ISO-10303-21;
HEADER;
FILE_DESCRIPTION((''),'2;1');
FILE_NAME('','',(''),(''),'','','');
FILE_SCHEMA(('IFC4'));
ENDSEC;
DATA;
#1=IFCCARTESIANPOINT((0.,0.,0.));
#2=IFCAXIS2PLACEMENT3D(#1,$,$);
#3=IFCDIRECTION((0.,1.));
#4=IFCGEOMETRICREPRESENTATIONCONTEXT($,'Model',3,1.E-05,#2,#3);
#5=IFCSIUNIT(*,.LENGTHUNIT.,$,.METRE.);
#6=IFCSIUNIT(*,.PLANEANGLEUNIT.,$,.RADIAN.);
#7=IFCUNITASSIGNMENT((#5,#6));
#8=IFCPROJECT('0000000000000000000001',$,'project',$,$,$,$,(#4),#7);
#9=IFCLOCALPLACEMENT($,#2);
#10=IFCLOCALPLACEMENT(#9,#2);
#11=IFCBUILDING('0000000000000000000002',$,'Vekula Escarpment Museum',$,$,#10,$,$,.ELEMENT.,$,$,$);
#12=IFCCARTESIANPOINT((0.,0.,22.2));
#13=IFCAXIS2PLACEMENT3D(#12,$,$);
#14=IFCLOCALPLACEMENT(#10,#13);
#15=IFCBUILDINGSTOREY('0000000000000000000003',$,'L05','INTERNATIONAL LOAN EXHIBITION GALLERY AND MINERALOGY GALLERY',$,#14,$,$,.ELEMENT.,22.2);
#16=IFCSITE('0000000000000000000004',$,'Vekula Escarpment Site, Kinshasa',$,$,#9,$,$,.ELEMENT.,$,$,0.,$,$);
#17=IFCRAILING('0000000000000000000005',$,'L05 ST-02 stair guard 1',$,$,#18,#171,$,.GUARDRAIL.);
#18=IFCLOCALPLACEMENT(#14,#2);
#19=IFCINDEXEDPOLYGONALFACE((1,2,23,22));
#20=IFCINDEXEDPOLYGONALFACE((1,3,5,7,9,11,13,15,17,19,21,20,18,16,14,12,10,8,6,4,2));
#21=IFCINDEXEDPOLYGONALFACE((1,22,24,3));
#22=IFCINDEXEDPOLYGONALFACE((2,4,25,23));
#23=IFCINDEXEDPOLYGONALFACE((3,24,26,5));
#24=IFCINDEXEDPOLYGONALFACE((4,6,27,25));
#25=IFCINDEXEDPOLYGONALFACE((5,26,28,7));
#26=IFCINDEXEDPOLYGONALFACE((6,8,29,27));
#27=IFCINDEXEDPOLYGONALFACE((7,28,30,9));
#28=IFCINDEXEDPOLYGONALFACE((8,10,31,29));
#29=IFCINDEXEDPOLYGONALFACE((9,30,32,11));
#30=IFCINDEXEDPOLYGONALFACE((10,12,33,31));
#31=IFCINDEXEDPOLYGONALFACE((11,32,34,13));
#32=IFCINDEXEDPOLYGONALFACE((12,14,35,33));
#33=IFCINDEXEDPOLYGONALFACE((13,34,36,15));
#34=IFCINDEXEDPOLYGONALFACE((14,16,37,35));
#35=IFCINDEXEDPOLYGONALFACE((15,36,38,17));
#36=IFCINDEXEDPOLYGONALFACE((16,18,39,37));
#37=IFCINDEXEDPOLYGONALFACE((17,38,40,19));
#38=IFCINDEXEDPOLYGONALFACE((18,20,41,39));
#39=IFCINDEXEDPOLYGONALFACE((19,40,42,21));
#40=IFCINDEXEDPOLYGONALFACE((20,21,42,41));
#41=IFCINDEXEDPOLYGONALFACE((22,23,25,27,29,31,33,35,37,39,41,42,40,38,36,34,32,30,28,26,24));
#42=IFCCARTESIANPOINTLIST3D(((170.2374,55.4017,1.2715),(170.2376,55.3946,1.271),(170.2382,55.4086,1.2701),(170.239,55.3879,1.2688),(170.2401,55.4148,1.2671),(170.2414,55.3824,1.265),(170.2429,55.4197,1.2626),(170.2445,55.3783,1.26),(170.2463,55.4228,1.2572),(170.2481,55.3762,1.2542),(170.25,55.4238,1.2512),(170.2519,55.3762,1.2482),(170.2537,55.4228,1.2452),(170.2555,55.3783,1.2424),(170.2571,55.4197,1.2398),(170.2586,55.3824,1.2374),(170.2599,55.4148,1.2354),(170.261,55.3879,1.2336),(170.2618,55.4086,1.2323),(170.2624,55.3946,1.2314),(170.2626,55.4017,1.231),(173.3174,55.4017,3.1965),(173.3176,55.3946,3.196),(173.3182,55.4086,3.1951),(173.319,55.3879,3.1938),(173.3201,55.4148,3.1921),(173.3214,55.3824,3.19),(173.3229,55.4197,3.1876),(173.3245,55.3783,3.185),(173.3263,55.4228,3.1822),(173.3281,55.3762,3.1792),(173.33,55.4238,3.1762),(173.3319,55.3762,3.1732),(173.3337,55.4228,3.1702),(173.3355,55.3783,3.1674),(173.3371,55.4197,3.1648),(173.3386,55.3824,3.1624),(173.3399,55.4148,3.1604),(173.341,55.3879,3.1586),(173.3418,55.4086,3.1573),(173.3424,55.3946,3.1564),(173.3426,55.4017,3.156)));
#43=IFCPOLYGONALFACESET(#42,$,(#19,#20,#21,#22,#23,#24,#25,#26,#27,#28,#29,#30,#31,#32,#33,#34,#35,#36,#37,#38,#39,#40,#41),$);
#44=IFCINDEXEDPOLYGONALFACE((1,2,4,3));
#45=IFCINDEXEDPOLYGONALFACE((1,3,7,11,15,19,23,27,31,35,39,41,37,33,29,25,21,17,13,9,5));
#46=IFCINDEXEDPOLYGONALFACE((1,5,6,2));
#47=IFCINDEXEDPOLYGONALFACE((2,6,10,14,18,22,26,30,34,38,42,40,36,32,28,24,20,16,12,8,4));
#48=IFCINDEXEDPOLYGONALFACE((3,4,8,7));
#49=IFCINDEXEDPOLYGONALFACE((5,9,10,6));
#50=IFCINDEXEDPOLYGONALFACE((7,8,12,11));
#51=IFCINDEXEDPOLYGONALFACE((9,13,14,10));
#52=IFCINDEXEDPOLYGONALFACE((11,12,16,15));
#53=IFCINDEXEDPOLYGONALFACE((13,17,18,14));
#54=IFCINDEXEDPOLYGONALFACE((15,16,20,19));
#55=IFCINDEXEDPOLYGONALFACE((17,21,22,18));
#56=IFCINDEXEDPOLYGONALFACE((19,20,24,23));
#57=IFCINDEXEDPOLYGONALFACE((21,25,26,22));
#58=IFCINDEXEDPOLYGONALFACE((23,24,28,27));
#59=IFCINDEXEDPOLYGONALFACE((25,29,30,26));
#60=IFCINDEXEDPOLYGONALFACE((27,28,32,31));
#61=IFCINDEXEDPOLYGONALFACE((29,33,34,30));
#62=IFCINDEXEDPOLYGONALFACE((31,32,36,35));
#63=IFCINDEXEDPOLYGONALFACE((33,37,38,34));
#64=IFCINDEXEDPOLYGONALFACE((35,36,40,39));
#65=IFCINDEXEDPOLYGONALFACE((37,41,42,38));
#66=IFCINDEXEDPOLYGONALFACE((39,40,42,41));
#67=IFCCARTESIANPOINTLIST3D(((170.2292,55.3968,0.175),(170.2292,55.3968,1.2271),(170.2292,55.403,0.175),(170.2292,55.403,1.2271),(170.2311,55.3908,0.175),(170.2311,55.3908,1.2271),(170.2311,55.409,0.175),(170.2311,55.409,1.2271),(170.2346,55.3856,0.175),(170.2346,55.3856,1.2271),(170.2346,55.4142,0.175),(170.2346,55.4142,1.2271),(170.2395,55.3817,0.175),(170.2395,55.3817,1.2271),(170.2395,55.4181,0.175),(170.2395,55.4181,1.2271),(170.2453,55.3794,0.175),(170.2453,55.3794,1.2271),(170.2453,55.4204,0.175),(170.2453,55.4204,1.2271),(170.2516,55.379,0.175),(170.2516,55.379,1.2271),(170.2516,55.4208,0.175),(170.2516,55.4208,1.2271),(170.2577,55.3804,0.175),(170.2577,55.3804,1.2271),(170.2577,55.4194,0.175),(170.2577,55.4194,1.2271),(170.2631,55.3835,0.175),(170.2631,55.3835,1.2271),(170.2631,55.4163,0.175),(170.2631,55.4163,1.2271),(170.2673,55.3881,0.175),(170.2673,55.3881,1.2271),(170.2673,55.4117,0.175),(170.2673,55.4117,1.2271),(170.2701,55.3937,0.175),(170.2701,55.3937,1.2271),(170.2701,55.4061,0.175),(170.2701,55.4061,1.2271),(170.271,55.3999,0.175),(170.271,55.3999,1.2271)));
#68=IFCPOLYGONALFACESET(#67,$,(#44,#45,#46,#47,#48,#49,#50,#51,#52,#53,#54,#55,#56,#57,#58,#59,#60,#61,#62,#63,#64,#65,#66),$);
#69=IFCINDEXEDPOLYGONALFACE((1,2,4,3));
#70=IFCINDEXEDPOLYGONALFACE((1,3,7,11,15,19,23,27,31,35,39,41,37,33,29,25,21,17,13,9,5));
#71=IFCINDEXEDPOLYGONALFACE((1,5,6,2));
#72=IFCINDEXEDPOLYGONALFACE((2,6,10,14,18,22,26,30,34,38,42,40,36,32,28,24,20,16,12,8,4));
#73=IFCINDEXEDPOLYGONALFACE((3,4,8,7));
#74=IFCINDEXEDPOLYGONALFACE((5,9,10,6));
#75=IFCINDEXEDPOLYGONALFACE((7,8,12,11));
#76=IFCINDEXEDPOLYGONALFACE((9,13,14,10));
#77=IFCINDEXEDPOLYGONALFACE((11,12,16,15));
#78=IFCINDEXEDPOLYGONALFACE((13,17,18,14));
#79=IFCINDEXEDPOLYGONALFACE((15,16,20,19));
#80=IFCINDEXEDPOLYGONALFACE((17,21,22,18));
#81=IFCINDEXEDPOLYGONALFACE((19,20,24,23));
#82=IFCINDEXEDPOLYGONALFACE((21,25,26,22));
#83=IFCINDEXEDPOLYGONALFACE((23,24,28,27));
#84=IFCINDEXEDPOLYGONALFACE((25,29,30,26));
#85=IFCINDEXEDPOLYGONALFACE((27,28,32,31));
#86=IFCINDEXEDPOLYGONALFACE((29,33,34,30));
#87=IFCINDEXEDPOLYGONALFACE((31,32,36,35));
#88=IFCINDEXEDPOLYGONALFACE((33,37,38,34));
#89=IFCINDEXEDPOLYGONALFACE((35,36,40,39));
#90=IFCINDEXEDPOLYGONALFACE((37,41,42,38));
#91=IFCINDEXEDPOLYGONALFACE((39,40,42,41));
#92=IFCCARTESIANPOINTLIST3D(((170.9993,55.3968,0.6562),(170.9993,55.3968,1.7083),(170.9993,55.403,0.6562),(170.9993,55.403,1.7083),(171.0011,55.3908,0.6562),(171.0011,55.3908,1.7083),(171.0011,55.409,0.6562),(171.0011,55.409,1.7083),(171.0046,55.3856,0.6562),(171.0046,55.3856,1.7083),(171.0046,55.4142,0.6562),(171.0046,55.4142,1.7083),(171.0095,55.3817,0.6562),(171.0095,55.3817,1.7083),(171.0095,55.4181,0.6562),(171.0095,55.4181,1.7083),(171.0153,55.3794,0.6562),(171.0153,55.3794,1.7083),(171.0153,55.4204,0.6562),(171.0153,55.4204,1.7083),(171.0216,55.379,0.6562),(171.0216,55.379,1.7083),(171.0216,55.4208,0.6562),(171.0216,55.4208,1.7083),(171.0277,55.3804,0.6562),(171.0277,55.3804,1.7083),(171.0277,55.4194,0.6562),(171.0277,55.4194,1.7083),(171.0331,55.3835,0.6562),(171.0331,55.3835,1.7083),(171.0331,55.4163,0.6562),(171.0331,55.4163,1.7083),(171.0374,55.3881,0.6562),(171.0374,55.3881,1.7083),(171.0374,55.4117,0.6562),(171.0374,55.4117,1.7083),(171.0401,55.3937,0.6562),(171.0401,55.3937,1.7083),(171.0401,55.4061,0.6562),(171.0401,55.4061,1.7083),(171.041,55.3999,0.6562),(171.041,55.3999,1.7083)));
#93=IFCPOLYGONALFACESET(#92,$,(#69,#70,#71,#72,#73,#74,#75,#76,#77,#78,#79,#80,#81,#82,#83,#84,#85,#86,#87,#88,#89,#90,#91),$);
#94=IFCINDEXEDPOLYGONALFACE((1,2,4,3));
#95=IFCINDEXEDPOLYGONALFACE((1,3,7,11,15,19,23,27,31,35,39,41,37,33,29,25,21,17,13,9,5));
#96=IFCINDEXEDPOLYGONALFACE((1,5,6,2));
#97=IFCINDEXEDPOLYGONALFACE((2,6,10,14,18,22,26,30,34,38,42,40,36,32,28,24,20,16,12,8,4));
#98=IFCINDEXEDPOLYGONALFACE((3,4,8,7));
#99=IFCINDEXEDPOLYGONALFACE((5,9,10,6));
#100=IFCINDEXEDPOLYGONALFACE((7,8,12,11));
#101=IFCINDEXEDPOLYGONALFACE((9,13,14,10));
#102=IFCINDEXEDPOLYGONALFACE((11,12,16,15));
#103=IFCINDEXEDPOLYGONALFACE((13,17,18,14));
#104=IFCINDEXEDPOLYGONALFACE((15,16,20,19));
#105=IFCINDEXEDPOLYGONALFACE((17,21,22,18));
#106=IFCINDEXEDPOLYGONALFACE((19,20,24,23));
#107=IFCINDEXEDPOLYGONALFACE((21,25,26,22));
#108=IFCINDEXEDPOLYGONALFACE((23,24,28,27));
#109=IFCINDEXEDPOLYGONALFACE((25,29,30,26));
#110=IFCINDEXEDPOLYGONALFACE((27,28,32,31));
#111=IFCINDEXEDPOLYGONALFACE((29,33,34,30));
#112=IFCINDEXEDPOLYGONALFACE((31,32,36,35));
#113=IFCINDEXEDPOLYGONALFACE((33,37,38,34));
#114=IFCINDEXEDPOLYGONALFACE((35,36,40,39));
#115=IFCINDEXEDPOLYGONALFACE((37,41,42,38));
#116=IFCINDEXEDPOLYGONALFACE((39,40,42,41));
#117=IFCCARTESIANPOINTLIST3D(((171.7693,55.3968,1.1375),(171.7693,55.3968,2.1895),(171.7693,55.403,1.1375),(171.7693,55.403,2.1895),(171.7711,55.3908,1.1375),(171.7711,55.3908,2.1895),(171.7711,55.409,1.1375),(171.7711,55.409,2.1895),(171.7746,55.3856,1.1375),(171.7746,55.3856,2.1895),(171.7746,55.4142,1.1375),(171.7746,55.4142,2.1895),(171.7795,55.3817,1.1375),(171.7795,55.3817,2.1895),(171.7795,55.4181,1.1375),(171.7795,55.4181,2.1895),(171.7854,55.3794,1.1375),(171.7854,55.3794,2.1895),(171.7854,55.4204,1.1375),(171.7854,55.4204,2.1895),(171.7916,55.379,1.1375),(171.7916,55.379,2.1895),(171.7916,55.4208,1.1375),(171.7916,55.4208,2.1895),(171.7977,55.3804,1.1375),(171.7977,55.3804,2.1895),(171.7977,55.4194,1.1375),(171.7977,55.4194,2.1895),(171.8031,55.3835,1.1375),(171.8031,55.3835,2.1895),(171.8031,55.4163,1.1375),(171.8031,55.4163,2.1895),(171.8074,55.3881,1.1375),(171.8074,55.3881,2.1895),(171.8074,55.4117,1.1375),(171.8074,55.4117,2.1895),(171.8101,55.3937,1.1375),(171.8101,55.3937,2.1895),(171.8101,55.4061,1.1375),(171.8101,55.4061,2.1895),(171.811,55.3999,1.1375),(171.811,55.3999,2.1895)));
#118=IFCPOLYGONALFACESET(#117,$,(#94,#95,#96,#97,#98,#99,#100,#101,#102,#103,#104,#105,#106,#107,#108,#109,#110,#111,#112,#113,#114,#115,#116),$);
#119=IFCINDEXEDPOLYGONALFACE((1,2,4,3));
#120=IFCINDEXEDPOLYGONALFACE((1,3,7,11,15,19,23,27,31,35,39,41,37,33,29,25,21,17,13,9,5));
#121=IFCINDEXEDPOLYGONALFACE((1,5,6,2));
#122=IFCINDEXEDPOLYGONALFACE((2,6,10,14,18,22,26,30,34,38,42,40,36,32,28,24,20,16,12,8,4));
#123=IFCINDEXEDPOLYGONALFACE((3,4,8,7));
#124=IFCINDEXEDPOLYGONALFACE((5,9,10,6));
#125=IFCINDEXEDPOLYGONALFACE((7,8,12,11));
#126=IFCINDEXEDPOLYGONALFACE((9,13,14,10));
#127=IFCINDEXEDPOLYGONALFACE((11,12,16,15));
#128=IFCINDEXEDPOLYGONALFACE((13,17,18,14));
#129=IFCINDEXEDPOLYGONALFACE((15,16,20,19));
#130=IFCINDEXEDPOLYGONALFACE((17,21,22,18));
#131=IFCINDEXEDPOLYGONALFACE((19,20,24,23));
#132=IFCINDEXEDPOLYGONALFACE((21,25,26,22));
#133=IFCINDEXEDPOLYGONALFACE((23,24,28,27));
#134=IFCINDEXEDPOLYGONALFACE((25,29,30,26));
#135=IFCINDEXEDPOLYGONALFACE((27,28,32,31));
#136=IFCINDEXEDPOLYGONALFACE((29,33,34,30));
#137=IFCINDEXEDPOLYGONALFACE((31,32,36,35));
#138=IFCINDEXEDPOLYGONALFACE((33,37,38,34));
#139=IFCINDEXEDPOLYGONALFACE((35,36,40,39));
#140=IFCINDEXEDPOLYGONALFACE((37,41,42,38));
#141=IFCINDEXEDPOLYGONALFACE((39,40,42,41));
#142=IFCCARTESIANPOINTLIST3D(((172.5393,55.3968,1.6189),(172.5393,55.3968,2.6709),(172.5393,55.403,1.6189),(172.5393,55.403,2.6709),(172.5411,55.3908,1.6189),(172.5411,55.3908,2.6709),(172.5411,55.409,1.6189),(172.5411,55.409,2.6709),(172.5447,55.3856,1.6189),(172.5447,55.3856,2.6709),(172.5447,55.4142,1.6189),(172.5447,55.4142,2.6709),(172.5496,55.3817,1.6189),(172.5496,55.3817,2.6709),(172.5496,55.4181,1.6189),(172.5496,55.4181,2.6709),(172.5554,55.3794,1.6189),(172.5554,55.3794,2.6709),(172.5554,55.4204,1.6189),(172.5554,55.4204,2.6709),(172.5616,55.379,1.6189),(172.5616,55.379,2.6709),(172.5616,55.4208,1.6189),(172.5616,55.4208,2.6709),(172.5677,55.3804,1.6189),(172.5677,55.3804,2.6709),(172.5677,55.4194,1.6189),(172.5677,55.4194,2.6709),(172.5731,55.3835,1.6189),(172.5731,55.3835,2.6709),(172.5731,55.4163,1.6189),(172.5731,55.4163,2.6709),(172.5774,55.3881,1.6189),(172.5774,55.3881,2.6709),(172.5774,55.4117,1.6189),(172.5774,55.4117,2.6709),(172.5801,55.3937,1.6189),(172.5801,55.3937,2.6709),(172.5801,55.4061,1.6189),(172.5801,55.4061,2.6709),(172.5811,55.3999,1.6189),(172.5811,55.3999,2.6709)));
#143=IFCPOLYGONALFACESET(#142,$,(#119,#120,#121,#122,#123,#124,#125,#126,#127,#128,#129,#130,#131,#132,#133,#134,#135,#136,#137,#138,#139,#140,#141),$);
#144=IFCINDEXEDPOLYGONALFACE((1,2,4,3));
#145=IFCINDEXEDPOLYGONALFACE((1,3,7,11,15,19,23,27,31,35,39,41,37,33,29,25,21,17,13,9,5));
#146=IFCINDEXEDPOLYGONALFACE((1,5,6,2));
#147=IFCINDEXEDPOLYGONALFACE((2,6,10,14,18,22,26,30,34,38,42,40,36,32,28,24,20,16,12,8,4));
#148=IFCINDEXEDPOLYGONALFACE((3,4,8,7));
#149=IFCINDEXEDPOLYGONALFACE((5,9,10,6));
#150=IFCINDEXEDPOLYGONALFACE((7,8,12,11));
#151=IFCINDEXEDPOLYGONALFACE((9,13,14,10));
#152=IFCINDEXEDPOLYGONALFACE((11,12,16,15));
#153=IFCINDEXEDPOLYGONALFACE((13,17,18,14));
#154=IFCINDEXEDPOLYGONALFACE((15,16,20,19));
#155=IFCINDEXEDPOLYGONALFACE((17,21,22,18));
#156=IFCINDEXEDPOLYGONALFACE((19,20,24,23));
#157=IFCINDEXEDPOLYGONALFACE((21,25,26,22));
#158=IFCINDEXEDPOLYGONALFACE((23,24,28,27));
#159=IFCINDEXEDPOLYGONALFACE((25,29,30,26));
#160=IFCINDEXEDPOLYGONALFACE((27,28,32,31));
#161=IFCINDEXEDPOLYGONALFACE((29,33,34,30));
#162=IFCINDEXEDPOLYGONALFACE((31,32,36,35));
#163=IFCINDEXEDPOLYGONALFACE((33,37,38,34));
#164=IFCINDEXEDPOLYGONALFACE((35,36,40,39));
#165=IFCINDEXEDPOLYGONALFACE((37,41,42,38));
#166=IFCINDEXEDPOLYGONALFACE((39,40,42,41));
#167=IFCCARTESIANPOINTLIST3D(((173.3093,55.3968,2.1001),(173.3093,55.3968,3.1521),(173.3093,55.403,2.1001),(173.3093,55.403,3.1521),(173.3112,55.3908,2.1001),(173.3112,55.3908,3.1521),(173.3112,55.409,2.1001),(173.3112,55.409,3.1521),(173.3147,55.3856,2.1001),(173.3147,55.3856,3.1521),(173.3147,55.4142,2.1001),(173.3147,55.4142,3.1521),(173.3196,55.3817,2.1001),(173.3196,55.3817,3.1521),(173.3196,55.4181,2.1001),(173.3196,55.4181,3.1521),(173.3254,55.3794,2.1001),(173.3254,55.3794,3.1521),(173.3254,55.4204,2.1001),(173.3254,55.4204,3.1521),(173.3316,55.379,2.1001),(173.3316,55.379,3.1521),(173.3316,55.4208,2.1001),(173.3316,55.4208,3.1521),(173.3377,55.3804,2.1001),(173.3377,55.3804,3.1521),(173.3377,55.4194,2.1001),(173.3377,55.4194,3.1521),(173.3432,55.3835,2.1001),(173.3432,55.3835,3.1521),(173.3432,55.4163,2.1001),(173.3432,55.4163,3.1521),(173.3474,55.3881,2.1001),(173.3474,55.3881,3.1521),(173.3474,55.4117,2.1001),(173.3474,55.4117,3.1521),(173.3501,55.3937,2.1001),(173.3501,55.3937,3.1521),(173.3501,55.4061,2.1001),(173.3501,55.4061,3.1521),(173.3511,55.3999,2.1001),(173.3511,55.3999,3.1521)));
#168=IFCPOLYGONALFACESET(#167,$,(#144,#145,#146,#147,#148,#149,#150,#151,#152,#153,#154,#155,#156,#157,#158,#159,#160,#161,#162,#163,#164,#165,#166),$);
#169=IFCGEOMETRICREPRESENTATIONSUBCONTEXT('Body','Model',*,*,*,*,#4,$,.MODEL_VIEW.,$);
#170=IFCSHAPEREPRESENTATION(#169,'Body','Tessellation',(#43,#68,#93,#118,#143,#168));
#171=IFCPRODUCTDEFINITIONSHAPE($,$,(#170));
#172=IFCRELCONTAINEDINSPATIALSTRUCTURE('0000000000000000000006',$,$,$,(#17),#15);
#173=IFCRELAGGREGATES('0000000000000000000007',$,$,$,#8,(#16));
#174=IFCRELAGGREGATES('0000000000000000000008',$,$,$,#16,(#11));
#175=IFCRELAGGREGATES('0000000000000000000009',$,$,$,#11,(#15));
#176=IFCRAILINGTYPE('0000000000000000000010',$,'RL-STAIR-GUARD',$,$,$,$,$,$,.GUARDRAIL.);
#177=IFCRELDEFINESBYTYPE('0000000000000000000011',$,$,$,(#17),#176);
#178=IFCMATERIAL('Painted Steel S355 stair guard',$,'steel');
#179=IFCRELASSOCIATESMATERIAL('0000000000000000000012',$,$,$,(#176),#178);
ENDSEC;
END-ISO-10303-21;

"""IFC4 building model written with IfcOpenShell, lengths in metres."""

from ifc_helpers import new_model, si_unit, direction, frame, origin, origin_2d, place, context, subcontext, project, spatial, circle, extrude, material, type_object, element, save


model = new_model("IFC4")

# Units and contexts
model_context = context("Model", 3, precision=1e-05, world=origin(), true_north=direction((0.0, 1.0)))
body_context = subcontext(model_context, "Body", "Model", "MODEL_VIEW")
ifc_project = project(units=[si_unit("LENGTHUNIT", "METRE"), si_unit("PLANEANGLEUNIT", "RADIAN")], contexts=[model_context])

# Site, building, storey
site_placement = place(None, origin())
site = spatial("IfcSite", under=ifc_project, at=site_placement, Name="Vekula Escarpment Site, Kinshasa", CompositionType="ELEMENT", RefElevation=0.0)
building_placement = place(site_placement, origin())
building = spatial("IfcBuilding", under=site, at=building_placement, Name="Vekula Escarpment Museum", CompositionType="ELEMENT")
storey_placement = place(building_placement, frame((0.0, 0.0, 22.2)))
storey = spatial("IfcBuildingStorey", under=building, at=storey_placement, Name="L05", Description="INTERNATIONAL LOAN EXHIBITION GALLERY AND MINERALOGY GALLERY", CompositionType="ELEMENT", Elevation=22.2)

# Railing
ifc_material_1 = material(Name="Painted Steel S355 stair guard", Category="steel")
railing_type_1 = type_object("IfcRailingType", Name="RL-STAIR-GUARD", PredefinedType="GUARDRAIL", material=ifc_material_1)
railing_1_placement = place(storey_placement, frame((170.25, 55.3999, 0.175)))
element("IfcRailing", 1, at=railing_1_placement, inside=storey, type_object=railing_type_1, Name="L05 ST-02 stair guard 1", PredefinedType="GUARDRAIL", context=body_context, shape_type="SweptSolid", body=[
    extrude(circle(Radius=0.0239, at=origin_2d()), frame((0.0, 0.0, 1.0762), z_axis=(0.847998, 0.0, 0.529999), x_axis=(0.0, 1.0, 0.0)), (0.0, 0.0, 1.0), 3.6321),
    extrude(circle(Radius=0.021, at=origin_2d()), origin(), (0.0, 0.0, 1.0), 1.052),
    extrude(circle(Radius=0.021, at=origin_2d()), frame((0.77, 0.0, 0.4812)), (0.0, 0.0, 1.0), 1.052),
    extrude(circle(Radius=0.021, at=origin_2d()), frame((1.54, 0.0, 0.9624)), (0.0, 0.0, 1.0), 1.052),
    extrude(circle(Radius=0.021, at=origin_2d()), frame((2.3101, 0.0, 1.4438)), (0.0, 0.0, 1.0), 1.052),
    extrude(circle(Radius=0.021, at=origin_2d()), frame((3.0801, 0.0, 1.925)), (0.0, 0.0, 1.0), 1.052),
])

save(model, "model.ifc")
